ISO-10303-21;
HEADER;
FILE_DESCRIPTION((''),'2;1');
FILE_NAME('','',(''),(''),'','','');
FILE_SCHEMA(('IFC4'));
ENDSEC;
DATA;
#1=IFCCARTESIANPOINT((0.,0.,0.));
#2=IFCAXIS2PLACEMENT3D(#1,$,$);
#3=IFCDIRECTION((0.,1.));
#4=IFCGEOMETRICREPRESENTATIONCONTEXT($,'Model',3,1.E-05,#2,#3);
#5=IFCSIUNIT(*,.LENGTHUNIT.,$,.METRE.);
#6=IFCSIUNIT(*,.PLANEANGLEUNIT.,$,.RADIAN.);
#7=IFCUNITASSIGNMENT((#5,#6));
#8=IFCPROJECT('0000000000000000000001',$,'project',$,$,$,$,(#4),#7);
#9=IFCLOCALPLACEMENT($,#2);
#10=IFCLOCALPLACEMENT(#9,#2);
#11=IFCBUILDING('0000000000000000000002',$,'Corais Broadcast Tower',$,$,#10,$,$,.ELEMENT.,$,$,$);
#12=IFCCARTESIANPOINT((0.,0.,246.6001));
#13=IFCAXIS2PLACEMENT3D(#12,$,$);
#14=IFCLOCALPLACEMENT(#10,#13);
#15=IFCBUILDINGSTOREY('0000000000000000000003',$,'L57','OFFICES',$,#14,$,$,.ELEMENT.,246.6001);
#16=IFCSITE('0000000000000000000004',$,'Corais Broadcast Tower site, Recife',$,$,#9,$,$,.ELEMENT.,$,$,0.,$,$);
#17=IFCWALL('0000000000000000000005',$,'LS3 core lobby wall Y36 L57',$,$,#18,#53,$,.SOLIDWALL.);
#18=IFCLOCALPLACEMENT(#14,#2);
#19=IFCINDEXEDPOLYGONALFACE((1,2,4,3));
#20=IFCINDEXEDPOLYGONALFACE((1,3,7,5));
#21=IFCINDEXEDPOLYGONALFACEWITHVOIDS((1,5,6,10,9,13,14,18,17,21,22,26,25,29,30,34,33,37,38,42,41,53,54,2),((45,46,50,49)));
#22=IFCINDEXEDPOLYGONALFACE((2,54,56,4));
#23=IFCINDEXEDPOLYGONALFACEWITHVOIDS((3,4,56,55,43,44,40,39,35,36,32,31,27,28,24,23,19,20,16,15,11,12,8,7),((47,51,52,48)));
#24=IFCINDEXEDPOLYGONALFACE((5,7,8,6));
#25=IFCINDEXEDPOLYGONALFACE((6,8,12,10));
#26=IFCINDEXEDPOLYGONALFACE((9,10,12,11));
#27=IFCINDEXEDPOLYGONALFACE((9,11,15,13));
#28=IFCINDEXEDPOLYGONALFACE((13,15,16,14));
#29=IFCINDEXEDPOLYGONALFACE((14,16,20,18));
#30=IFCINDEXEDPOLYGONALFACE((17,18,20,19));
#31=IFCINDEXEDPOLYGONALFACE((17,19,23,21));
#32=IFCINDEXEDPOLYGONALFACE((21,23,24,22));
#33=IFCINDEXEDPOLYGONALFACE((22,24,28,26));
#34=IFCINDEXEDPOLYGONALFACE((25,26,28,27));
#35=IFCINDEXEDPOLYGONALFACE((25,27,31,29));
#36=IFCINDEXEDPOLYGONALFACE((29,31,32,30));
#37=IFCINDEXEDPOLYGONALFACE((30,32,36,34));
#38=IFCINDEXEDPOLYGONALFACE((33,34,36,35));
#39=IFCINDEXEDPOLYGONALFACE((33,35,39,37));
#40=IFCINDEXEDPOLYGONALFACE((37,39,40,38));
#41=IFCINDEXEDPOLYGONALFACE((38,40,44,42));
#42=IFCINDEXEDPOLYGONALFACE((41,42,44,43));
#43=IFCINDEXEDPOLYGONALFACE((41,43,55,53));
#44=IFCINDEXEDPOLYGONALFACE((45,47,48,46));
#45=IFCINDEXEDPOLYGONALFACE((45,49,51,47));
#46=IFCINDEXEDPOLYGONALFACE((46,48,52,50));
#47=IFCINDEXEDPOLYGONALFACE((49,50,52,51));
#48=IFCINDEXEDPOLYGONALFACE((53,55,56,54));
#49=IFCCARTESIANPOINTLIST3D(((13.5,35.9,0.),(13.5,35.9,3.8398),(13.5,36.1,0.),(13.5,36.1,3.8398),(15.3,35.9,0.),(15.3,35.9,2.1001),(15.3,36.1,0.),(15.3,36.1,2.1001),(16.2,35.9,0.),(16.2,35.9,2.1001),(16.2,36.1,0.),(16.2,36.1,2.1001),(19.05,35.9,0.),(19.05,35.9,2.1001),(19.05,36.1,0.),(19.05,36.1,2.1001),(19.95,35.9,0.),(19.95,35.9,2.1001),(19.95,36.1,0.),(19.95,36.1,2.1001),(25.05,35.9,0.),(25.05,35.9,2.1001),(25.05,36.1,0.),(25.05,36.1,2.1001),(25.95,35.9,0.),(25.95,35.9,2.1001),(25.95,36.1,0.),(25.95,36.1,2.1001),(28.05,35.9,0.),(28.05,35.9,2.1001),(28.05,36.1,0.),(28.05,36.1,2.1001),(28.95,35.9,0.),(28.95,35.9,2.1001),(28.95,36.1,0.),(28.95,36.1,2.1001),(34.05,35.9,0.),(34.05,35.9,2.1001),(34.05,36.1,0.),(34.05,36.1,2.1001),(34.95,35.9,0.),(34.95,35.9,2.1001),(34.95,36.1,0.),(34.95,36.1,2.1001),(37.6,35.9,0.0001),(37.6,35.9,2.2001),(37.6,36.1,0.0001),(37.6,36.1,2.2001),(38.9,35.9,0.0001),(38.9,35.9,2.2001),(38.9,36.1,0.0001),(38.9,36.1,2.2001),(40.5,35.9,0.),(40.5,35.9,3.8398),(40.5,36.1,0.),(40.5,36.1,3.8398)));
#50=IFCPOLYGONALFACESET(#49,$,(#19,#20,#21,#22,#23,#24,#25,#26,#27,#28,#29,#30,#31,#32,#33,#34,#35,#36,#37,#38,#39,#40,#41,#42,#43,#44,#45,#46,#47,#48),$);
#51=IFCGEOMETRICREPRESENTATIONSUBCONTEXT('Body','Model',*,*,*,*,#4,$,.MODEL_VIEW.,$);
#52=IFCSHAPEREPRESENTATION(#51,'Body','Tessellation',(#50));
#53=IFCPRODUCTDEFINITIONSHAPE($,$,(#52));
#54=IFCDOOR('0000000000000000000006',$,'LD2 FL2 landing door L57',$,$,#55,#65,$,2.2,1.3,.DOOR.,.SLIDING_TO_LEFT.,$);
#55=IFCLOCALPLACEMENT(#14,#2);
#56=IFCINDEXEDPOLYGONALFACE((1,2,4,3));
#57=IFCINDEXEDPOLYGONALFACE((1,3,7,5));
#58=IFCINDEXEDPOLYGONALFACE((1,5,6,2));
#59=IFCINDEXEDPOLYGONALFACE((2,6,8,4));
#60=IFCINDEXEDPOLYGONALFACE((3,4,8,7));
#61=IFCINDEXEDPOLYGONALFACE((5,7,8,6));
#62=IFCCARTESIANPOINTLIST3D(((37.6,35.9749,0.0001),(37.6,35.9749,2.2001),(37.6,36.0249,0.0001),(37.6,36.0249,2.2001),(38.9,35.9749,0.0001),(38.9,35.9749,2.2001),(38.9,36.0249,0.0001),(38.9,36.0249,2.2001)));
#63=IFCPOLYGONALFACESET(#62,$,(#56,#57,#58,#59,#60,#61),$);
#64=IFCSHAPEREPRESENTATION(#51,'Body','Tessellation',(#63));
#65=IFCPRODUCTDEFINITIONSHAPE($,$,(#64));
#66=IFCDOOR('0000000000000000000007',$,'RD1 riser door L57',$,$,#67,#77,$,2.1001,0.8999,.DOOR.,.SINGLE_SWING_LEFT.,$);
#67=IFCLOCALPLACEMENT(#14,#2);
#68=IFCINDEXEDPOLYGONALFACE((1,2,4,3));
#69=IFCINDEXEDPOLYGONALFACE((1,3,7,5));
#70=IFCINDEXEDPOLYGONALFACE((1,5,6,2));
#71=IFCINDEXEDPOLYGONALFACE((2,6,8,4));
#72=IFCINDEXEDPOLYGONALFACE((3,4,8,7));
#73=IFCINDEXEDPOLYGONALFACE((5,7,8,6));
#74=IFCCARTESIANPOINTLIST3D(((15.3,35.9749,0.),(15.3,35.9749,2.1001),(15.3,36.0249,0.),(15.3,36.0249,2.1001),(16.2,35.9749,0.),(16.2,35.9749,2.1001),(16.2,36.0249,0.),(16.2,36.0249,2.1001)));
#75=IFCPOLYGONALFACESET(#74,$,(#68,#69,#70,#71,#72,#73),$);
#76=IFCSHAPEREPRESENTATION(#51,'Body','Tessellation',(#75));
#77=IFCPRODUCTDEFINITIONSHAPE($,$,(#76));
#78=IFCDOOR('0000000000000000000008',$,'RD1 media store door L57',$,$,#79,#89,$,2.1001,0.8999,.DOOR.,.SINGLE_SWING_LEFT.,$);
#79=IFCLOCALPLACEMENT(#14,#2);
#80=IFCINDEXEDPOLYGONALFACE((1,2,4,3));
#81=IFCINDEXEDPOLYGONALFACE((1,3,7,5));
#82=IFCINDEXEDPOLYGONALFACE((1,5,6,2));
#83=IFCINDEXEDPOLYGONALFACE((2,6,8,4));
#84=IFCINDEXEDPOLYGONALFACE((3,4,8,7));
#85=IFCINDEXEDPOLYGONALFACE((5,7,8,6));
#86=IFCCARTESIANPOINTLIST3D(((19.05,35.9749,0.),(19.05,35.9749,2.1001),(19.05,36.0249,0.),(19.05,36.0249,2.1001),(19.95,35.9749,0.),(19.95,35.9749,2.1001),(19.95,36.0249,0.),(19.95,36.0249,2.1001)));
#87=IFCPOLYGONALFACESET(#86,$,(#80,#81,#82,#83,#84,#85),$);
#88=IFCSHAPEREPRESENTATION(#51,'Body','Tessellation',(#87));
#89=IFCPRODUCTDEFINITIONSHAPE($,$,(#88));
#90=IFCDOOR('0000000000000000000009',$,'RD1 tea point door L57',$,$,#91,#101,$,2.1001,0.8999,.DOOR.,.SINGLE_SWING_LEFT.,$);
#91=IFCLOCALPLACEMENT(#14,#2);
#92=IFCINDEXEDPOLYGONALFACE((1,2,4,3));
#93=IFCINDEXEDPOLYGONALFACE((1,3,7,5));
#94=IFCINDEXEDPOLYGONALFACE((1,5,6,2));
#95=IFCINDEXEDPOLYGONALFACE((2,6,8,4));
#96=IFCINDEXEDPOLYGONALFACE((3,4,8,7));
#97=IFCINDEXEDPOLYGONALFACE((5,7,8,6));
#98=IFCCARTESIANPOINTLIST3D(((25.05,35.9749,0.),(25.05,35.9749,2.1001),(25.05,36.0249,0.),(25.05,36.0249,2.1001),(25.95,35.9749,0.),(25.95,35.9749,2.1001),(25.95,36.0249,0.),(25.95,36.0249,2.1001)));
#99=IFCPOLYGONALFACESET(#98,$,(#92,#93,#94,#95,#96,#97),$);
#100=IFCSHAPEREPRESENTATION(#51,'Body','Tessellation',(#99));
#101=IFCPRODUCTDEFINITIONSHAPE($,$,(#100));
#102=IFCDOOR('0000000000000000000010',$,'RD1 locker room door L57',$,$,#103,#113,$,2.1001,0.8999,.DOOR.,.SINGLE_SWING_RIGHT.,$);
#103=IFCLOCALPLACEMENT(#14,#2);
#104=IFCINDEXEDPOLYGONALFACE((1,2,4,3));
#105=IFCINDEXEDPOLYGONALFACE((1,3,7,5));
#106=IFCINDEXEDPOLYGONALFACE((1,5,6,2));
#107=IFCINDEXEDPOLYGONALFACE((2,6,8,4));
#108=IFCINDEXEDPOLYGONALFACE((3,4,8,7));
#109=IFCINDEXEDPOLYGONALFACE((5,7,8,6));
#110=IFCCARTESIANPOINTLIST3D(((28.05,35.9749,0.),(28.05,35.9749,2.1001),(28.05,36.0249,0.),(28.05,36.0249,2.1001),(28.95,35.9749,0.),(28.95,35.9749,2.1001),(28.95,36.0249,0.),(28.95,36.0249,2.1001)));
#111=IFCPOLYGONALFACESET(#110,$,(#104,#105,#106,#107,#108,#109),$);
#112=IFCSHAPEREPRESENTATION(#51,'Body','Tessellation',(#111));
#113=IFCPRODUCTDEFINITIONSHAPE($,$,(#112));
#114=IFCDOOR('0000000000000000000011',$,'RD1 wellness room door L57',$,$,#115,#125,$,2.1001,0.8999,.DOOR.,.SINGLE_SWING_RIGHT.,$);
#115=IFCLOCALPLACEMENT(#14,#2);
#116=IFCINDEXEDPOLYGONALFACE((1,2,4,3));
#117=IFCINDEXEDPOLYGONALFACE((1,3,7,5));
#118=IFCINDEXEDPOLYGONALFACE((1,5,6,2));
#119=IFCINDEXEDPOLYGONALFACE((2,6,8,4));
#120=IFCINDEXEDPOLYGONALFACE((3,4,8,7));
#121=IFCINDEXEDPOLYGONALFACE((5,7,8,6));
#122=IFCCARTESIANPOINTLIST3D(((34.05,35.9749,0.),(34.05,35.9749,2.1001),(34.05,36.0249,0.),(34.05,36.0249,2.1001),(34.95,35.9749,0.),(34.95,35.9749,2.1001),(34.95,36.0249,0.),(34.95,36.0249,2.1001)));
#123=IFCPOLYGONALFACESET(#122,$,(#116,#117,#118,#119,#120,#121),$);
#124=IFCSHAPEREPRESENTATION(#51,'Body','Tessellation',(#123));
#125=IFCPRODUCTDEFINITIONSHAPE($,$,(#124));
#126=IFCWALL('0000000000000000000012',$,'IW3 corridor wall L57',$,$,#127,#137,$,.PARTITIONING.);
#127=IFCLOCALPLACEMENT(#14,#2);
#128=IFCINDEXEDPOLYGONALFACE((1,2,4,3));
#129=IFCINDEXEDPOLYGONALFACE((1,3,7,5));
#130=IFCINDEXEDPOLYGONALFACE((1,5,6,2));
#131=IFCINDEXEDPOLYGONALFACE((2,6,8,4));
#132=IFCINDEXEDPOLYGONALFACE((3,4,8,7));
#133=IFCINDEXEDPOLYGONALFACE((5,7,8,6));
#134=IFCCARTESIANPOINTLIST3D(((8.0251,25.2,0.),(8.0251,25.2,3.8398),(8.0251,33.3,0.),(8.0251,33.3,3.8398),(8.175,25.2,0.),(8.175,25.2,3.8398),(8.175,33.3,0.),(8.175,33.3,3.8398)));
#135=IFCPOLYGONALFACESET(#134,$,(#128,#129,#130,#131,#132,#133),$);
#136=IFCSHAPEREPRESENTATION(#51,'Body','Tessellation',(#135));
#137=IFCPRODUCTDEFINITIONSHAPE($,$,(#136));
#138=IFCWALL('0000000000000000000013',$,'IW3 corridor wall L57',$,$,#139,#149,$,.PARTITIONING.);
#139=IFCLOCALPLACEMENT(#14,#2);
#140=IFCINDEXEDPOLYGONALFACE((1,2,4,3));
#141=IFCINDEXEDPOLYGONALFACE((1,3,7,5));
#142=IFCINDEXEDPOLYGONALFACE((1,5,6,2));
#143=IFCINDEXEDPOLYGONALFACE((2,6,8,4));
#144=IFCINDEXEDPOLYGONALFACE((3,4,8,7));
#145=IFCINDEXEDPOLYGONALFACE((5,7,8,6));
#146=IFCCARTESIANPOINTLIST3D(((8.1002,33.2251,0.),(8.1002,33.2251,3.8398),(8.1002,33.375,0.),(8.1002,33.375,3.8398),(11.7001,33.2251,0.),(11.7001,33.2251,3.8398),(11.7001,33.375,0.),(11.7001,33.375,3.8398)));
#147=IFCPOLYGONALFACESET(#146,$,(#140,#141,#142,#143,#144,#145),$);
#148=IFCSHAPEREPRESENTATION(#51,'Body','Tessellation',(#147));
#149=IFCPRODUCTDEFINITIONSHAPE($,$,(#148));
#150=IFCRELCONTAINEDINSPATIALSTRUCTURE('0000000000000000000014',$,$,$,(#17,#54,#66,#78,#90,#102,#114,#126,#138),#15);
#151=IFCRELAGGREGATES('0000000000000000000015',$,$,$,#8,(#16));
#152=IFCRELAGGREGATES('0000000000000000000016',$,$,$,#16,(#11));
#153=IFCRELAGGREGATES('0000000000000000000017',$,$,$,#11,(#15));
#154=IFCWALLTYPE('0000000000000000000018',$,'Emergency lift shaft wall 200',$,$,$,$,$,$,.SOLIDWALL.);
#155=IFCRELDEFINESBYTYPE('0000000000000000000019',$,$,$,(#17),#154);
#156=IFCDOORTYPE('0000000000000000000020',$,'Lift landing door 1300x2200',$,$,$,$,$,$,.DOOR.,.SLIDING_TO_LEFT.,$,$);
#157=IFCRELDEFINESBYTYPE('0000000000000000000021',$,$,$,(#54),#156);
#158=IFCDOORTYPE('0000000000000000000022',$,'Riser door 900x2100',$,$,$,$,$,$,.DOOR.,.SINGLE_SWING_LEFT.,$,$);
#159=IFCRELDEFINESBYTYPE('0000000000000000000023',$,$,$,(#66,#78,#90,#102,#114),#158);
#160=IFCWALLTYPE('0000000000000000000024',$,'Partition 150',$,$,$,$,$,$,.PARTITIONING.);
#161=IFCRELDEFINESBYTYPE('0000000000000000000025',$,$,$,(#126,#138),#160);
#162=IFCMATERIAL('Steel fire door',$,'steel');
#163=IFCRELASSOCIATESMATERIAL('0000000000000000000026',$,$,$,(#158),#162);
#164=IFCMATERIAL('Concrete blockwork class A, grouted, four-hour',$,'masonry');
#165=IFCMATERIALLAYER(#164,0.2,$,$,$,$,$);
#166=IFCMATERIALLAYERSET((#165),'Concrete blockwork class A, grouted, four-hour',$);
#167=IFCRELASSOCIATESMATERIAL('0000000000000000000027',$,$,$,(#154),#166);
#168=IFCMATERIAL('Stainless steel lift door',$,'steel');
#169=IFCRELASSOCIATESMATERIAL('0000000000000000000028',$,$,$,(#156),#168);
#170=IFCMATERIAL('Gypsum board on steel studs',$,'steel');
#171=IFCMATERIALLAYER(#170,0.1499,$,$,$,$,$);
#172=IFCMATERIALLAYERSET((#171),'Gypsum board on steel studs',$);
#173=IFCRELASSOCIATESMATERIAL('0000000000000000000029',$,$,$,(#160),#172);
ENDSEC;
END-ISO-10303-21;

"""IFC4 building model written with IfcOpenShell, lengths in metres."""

from ifc_helpers import new_model, si_unit, direction, frame, frame_2d, origin, place, context, subcontext, project, spatial, rectangle, extrude, material, layer, layer_set, type_object, element, fill, save


model = new_model("IFC4")

# Units and contexts
model_context = context("Model", 3, precision=1e-05, world=origin(), true_north=direction((0.0, 1.0)))
body_context = subcontext(model_context, "Body", "Model", "MODEL_VIEW")
ifc_project = project(units=[si_unit("LENGTHUNIT", "METRE"), si_unit("PLANEANGLEUNIT", "RADIAN")], contexts=[model_context])

# Site, building, storey
site_placement = place(None, origin())
site = spatial("IfcSite", under=ifc_project, at=site_placement, Name="Corais Broadcast Tower site, Recife", CompositionType="ELEMENT", RefElevation=0.0)
building_placement = place(site_placement, origin())
building = spatial("IfcBuilding", under=site, at=building_placement, Name="Corais Broadcast Tower", CompositionType="ELEMENT")
storey_placement = place(building_placement, frame((0.0, 0.0, 246.6001)))
storey = spatial("IfcBuildingStorey", under=building, at=storey_placement, Name="L57", Description="OFFICES", CompositionType="ELEMENT", Elevation=246.6001)

# Wall, openings, doors
ifc_material_1 = material(Name="Steel fire door", Category="steel")
door_type_1 = type_object("IfcDoorType", Name="Riser door 900x2100", OperationType="SINGLE_SWING_LEFT", PredefinedType="DOOR", material=ifc_material_1)
ifc_material_2 = material(Name="Concrete blockwork class A, grouted, four-hour", Category="masonry")
ifc_layer_1 = layer(ifc_material_2, 0.2)
ifc_layer_set_1 = layer_set([ifc_layer_1], Name="Concrete blockwork class A, grouted, four-hour")
wall_type_1 = type_object("IfcWallType", Name="Emergency lift shaft wall 200", PredefinedType="SOLIDWALL", material=ifc_layer_set_1)
wall_1_placement = place(storey_placement, frame((13.5, 36.0, 0.0), z_axis=(0.0, 0.0, 1.0), x_axis=(1.0, 0.0, 0.0)))
wall_1 = element("IfcWall", 1, at=wall_1_placement, inside=storey, type_object=wall_type_1, Name="LS3 core lobby wall Y36 L57", PredefinedType="SOLIDWALL", context=body_context, shape_type="SweptSolid", body=[
    extrude(rectangle(XDim=27.0, YDim=0.2, at=frame_2d((13.5, 0.0))), origin(), (0.0, 0.0, 1.0), 3.8398),
])
opening_1_placement = place(wall_1_placement, frame((1.8, 0.0, 0.0)))
opening_1 = element("IfcOpeningElement", 2, at=opening_1_placement, cuts=wall_1, PredefinedType="OPENING", context=body_context, shape_type="SweptSolid", body=[
    extrude(rectangle(XDim=0.8999, YDim=2.1001, at=frame_2d((0.45, 1.05))), frame((0.0, 0.1099, 0.0), z_axis=(0.0, -1.0, 0.0), x_axis=(1.0, 0.0, 0.0)), (0.0, 0.0, 1.0), 0.22),
])
opening_2_placement = place(wall_1_placement, frame((5.55, 0.0, 0.0)))
opening_2 = element("IfcOpeningElement", 3, at=opening_2_placement, cuts=wall_1, PredefinedType="OPENING", context=body_context, shape_type="SweptSolid", body=[
    extrude(rectangle(XDim=0.8999, YDim=2.1001, at=frame_2d((0.45, 1.05))), frame((0.0, 0.1099, 0.0), z_axis=(0.0, -1.0, 0.0), x_axis=(1.0, 0.0, 0.0)), (0.0, 0.0, 1.0), 0.22),
])
opening_3_placement = place(wall_1_placement, frame((11.55, 0.0, 0.0)))
opening_3 = element("IfcOpeningElement", 4, at=opening_3_placement, cuts=wall_1, PredefinedType="OPENING", context=body_context, shape_type="SweptSolid", body=[
    extrude(rectangle(XDim=0.8999, YDim=2.1001, at=frame_2d((0.45, 1.05))), frame((0.0, 0.1099, 0.0), z_axis=(0.0, -1.0, 0.0), x_axis=(1.0, 0.0, 0.0)), (0.0, 0.0, 1.0), 0.22),
])
opening_4_placement = place(wall_1_placement, frame((14.55, 0.0, 0.0)))
opening_4 = element("IfcOpeningElement", 5, at=opening_4_placement, cuts=wall_1, PredefinedType="OPENING", context=body_context, shape_type="SweptSolid", body=[
    extrude(rectangle(XDim=0.8999, YDim=2.1001, at=frame_2d((0.45, 1.05))), frame((0.0, 0.1099, 0.0), z_axis=(0.0, -1.0, 0.0), x_axis=(1.0, 0.0, 0.0)), (0.0, 0.0, 1.0), 0.22),
])
opening_5_placement = place(wall_1_placement, frame((20.55, 0.0, 0.0)))
opening_5 = element("IfcOpeningElement", 6, at=opening_5_placement, cuts=wall_1, PredefinedType="OPENING", context=body_context, shape_type="SweptSolid", body=[
    extrude(rectangle(XDim=0.8999, YDim=2.1001, at=frame_2d((0.45, 1.05))), frame((0.0, 0.1099, 0.0), z_axis=(0.0, -1.0, 0.0), x_axis=(1.0, 0.0, 0.0)), (0.0, 0.0, 1.0), 0.22),
])
opening_6_placement = place(wall_1_placement, frame((24.1001, 0.0, 0.0)))
opening_6 = element("IfcOpeningElement", 7, at=opening_6_placement, cuts=wall_1, PredefinedType="OPENING", context=body_context, shape_type="SweptSolid", body=[
    extrude(rectangle(XDim=1.3, YDim=2.2, at=frame_2d((0.6499, 1.1001))), frame((0.0, 0.1099, 0.0), z_axis=(0.0, -1.0, 0.0), x_axis=(1.0, 0.0, 0.0)), (0.0, 0.0, 1.0), 0.22),
])
ifc_material_3 = material(Name="Stainless steel lift door", Category="steel")
door_type_2 = type_object("IfcDoorType", Name="Lift landing door 1300x2200", OperationType="SLIDING_TO_LEFT", PredefinedType="DOOR", material=ifc_material_3)
door_1_placement = place(opening_6_placement, origin())
door_1 = element("IfcDoor", 8, at=door_1_placement, inside=storey, type_object=door_type_2, Name="LD2 FL2 landing door L57", OperationType="SLIDING_TO_LEFT", OverallHeight=2.2, OverallWidth=1.3, PredefinedType="DOOR", context=body_context, shape_type="SweptSolid", body=[
    extrude(rectangle(XDim=1.3, YDim=2.2, at=frame_2d((0.6499, 1.1001))), frame((0.0, 0.0249, 0.0), z_axis=(0.0, -1.0, 0.0), x_axis=(1.0, 0.0, 0.0)), (0.0, 0.0, 1.0), 0.05),
])
fill(opening_6, door_1)
door_2_placement = place(opening_1_placement, origin())
door_2 = element("IfcDoor", 9, at=door_2_placement, inside=storey, type_object=door_type_1, Name="RD1 riser door L57", OperationType="SINGLE_SWING_LEFT", OverallHeight=2.1001, OverallWidth=0.8999, PredefinedType="DOOR", context=body_context, shape_type="SweptSolid", body=[
    extrude(rectangle(XDim=0.8999, YDim=2.1001, at=frame_2d((0.45, 1.05))), frame((0.0, 0.0249, 0.0), z_axis=(0.0, -1.0, 0.0), x_axis=(1.0, 0.0, 0.0)), (0.0, 0.0, 1.0), 0.05),
])
fill(opening_1, door_2)
door_3_placement = place(opening_2_placement, origin())
door_3 = element("IfcDoor", 10, at=door_3_placement, inside=storey, type_object=door_type_1, Name="RD1 media store door L57", OperationType="SINGLE_SWING_LEFT", OverallHeight=2.1001, OverallWidth=0.8999, PredefinedType="DOOR", context=body_context, shape_type="SweptSolid", body=[
    extrude(rectangle(XDim=0.8999, YDim=2.1001, at=frame_2d((0.45, 1.05))), frame((0.0, 0.0249, 0.0), z_axis=(0.0, -1.0, 0.0), x_axis=(1.0, 0.0, 0.0)), (0.0, 0.0, 1.0), 0.05),
])
fill(opening_2, door_3)
door_4_placement = place(opening_3_placement, origin())
door_4 = element("IfcDoor", 11, at=door_4_placement, inside=storey, type_object=door_type_1, Name="RD1 tea point door L57", OperationType="SINGLE_SWING_LEFT", OverallHeight=2.1001, OverallWidth=0.8999, PredefinedType="DOOR", context=body_context, shape_type="SweptSolid", body=[
    extrude(rectangle(XDim=0.8999, YDim=2.1001, at=frame_2d((0.45, 1.05))), frame((0.0, 0.0249, 0.0), z_axis=(0.0, -1.0, 0.0), x_axis=(1.0, 0.0, 0.0)), (0.0, 0.0, 1.0), 0.05),
])
fill(opening_3, door_4)
door_5_placement = place(opening_4_placement, origin())
door_5 = element("IfcDoor", 12, at=door_5_placement, inside=storey, type_object=door_type_1, Name="RD1 locker room door L57", OperationType="SINGLE_SWING_RIGHT", OverallHeight=2.1001, OverallWidth=0.8999, PredefinedType="DOOR", context=body_context, shape_type="SweptSolid", body=[
    extrude(rectangle(XDim=0.8999, YDim=2.1001, at=frame_2d((0.45, 1.05))), frame((0.0, 0.0249, 0.0), z_axis=(0.0, -1.0, 0.0), x_axis=(1.0, 0.0, 0.0)), (0.0, 0.0, 1.0), 0.05),
])
fill(opening_4, door_5)
door_6_placement = place(opening_5_placement, origin())
door_6 = element("IfcDoor", 13, at=door_6_placement, inside=storey, type_object=door_type_1, Name="RD1 wellness room door L57", OperationType="SINGLE_SWING_RIGHT", OverallHeight=2.1001, OverallWidth=0.8999, PredefinedType="DOOR", context=body_context, shape_type="SweptSolid", body=[
    extrude(rectangle(XDim=0.8999, YDim=2.1001, at=frame_2d((0.45, 1.05))), frame((0.0, 0.0249, 0.0), z_axis=(0.0, -1.0, 0.0), x_axis=(1.0, 0.0, 0.0)), (0.0, 0.0, 1.0), 0.05),
])
fill(opening_5, door_6)

# Walls
ifc_material_4 = material(Name="Gypsum board on steel studs", Category="steel")
ifc_layer_2 = layer(ifc_material_4, 0.1499)
ifc_layer_set_2 = layer_set([ifc_layer_2], Name="Gypsum board on steel studs")
wall_type_2 = type_object("IfcWallType", Name="Partition 150", PredefinedType="PARTITIONING", material=ifc_layer_set_2)
wall_2_placement = place(storey_placement, frame((8.1001, 33.3, 0.0), z_axis=(0.0, 0.0, 1.0), x_axis=(0.0, -1.0, 0.0)))
element("IfcWall", 14, at=wall_2_placement, inside=storey, type_object=wall_type_2, Name="IW3 corridor wall L57", PredefinedType="PARTITIONING", context=body_context, shape_type="SweptSolid", body=[
    extrude(rectangle(XDim=8.1001, YDim=0.1499, at=frame_2d((4.05, 0.0))), origin(), (0.0, 0.0, 1.0), 3.8398),
])
wall_3_placement = place(storey_placement, frame((11.7, 33.3, 0.0), z_axis=(0.0, 0.0, 1.0), x_axis=(-1.0, 0.0, 0.0)))
element("IfcWall", 15, at=wall_3_placement, inside=storey, type_object=wall_type_2, Name="IW3 corridor wall L57", PredefinedType="PARTITIONING", context=body_context, shape_type="SweptSolid", body=[
    extrude(rectangle(XDim=3.5999, YDim=0.1499, at=frame_2d((1.7998, 0.0))), origin(), (0.0, 0.0, 1.0), 3.8398),
])

save(model, "model.ifc")
